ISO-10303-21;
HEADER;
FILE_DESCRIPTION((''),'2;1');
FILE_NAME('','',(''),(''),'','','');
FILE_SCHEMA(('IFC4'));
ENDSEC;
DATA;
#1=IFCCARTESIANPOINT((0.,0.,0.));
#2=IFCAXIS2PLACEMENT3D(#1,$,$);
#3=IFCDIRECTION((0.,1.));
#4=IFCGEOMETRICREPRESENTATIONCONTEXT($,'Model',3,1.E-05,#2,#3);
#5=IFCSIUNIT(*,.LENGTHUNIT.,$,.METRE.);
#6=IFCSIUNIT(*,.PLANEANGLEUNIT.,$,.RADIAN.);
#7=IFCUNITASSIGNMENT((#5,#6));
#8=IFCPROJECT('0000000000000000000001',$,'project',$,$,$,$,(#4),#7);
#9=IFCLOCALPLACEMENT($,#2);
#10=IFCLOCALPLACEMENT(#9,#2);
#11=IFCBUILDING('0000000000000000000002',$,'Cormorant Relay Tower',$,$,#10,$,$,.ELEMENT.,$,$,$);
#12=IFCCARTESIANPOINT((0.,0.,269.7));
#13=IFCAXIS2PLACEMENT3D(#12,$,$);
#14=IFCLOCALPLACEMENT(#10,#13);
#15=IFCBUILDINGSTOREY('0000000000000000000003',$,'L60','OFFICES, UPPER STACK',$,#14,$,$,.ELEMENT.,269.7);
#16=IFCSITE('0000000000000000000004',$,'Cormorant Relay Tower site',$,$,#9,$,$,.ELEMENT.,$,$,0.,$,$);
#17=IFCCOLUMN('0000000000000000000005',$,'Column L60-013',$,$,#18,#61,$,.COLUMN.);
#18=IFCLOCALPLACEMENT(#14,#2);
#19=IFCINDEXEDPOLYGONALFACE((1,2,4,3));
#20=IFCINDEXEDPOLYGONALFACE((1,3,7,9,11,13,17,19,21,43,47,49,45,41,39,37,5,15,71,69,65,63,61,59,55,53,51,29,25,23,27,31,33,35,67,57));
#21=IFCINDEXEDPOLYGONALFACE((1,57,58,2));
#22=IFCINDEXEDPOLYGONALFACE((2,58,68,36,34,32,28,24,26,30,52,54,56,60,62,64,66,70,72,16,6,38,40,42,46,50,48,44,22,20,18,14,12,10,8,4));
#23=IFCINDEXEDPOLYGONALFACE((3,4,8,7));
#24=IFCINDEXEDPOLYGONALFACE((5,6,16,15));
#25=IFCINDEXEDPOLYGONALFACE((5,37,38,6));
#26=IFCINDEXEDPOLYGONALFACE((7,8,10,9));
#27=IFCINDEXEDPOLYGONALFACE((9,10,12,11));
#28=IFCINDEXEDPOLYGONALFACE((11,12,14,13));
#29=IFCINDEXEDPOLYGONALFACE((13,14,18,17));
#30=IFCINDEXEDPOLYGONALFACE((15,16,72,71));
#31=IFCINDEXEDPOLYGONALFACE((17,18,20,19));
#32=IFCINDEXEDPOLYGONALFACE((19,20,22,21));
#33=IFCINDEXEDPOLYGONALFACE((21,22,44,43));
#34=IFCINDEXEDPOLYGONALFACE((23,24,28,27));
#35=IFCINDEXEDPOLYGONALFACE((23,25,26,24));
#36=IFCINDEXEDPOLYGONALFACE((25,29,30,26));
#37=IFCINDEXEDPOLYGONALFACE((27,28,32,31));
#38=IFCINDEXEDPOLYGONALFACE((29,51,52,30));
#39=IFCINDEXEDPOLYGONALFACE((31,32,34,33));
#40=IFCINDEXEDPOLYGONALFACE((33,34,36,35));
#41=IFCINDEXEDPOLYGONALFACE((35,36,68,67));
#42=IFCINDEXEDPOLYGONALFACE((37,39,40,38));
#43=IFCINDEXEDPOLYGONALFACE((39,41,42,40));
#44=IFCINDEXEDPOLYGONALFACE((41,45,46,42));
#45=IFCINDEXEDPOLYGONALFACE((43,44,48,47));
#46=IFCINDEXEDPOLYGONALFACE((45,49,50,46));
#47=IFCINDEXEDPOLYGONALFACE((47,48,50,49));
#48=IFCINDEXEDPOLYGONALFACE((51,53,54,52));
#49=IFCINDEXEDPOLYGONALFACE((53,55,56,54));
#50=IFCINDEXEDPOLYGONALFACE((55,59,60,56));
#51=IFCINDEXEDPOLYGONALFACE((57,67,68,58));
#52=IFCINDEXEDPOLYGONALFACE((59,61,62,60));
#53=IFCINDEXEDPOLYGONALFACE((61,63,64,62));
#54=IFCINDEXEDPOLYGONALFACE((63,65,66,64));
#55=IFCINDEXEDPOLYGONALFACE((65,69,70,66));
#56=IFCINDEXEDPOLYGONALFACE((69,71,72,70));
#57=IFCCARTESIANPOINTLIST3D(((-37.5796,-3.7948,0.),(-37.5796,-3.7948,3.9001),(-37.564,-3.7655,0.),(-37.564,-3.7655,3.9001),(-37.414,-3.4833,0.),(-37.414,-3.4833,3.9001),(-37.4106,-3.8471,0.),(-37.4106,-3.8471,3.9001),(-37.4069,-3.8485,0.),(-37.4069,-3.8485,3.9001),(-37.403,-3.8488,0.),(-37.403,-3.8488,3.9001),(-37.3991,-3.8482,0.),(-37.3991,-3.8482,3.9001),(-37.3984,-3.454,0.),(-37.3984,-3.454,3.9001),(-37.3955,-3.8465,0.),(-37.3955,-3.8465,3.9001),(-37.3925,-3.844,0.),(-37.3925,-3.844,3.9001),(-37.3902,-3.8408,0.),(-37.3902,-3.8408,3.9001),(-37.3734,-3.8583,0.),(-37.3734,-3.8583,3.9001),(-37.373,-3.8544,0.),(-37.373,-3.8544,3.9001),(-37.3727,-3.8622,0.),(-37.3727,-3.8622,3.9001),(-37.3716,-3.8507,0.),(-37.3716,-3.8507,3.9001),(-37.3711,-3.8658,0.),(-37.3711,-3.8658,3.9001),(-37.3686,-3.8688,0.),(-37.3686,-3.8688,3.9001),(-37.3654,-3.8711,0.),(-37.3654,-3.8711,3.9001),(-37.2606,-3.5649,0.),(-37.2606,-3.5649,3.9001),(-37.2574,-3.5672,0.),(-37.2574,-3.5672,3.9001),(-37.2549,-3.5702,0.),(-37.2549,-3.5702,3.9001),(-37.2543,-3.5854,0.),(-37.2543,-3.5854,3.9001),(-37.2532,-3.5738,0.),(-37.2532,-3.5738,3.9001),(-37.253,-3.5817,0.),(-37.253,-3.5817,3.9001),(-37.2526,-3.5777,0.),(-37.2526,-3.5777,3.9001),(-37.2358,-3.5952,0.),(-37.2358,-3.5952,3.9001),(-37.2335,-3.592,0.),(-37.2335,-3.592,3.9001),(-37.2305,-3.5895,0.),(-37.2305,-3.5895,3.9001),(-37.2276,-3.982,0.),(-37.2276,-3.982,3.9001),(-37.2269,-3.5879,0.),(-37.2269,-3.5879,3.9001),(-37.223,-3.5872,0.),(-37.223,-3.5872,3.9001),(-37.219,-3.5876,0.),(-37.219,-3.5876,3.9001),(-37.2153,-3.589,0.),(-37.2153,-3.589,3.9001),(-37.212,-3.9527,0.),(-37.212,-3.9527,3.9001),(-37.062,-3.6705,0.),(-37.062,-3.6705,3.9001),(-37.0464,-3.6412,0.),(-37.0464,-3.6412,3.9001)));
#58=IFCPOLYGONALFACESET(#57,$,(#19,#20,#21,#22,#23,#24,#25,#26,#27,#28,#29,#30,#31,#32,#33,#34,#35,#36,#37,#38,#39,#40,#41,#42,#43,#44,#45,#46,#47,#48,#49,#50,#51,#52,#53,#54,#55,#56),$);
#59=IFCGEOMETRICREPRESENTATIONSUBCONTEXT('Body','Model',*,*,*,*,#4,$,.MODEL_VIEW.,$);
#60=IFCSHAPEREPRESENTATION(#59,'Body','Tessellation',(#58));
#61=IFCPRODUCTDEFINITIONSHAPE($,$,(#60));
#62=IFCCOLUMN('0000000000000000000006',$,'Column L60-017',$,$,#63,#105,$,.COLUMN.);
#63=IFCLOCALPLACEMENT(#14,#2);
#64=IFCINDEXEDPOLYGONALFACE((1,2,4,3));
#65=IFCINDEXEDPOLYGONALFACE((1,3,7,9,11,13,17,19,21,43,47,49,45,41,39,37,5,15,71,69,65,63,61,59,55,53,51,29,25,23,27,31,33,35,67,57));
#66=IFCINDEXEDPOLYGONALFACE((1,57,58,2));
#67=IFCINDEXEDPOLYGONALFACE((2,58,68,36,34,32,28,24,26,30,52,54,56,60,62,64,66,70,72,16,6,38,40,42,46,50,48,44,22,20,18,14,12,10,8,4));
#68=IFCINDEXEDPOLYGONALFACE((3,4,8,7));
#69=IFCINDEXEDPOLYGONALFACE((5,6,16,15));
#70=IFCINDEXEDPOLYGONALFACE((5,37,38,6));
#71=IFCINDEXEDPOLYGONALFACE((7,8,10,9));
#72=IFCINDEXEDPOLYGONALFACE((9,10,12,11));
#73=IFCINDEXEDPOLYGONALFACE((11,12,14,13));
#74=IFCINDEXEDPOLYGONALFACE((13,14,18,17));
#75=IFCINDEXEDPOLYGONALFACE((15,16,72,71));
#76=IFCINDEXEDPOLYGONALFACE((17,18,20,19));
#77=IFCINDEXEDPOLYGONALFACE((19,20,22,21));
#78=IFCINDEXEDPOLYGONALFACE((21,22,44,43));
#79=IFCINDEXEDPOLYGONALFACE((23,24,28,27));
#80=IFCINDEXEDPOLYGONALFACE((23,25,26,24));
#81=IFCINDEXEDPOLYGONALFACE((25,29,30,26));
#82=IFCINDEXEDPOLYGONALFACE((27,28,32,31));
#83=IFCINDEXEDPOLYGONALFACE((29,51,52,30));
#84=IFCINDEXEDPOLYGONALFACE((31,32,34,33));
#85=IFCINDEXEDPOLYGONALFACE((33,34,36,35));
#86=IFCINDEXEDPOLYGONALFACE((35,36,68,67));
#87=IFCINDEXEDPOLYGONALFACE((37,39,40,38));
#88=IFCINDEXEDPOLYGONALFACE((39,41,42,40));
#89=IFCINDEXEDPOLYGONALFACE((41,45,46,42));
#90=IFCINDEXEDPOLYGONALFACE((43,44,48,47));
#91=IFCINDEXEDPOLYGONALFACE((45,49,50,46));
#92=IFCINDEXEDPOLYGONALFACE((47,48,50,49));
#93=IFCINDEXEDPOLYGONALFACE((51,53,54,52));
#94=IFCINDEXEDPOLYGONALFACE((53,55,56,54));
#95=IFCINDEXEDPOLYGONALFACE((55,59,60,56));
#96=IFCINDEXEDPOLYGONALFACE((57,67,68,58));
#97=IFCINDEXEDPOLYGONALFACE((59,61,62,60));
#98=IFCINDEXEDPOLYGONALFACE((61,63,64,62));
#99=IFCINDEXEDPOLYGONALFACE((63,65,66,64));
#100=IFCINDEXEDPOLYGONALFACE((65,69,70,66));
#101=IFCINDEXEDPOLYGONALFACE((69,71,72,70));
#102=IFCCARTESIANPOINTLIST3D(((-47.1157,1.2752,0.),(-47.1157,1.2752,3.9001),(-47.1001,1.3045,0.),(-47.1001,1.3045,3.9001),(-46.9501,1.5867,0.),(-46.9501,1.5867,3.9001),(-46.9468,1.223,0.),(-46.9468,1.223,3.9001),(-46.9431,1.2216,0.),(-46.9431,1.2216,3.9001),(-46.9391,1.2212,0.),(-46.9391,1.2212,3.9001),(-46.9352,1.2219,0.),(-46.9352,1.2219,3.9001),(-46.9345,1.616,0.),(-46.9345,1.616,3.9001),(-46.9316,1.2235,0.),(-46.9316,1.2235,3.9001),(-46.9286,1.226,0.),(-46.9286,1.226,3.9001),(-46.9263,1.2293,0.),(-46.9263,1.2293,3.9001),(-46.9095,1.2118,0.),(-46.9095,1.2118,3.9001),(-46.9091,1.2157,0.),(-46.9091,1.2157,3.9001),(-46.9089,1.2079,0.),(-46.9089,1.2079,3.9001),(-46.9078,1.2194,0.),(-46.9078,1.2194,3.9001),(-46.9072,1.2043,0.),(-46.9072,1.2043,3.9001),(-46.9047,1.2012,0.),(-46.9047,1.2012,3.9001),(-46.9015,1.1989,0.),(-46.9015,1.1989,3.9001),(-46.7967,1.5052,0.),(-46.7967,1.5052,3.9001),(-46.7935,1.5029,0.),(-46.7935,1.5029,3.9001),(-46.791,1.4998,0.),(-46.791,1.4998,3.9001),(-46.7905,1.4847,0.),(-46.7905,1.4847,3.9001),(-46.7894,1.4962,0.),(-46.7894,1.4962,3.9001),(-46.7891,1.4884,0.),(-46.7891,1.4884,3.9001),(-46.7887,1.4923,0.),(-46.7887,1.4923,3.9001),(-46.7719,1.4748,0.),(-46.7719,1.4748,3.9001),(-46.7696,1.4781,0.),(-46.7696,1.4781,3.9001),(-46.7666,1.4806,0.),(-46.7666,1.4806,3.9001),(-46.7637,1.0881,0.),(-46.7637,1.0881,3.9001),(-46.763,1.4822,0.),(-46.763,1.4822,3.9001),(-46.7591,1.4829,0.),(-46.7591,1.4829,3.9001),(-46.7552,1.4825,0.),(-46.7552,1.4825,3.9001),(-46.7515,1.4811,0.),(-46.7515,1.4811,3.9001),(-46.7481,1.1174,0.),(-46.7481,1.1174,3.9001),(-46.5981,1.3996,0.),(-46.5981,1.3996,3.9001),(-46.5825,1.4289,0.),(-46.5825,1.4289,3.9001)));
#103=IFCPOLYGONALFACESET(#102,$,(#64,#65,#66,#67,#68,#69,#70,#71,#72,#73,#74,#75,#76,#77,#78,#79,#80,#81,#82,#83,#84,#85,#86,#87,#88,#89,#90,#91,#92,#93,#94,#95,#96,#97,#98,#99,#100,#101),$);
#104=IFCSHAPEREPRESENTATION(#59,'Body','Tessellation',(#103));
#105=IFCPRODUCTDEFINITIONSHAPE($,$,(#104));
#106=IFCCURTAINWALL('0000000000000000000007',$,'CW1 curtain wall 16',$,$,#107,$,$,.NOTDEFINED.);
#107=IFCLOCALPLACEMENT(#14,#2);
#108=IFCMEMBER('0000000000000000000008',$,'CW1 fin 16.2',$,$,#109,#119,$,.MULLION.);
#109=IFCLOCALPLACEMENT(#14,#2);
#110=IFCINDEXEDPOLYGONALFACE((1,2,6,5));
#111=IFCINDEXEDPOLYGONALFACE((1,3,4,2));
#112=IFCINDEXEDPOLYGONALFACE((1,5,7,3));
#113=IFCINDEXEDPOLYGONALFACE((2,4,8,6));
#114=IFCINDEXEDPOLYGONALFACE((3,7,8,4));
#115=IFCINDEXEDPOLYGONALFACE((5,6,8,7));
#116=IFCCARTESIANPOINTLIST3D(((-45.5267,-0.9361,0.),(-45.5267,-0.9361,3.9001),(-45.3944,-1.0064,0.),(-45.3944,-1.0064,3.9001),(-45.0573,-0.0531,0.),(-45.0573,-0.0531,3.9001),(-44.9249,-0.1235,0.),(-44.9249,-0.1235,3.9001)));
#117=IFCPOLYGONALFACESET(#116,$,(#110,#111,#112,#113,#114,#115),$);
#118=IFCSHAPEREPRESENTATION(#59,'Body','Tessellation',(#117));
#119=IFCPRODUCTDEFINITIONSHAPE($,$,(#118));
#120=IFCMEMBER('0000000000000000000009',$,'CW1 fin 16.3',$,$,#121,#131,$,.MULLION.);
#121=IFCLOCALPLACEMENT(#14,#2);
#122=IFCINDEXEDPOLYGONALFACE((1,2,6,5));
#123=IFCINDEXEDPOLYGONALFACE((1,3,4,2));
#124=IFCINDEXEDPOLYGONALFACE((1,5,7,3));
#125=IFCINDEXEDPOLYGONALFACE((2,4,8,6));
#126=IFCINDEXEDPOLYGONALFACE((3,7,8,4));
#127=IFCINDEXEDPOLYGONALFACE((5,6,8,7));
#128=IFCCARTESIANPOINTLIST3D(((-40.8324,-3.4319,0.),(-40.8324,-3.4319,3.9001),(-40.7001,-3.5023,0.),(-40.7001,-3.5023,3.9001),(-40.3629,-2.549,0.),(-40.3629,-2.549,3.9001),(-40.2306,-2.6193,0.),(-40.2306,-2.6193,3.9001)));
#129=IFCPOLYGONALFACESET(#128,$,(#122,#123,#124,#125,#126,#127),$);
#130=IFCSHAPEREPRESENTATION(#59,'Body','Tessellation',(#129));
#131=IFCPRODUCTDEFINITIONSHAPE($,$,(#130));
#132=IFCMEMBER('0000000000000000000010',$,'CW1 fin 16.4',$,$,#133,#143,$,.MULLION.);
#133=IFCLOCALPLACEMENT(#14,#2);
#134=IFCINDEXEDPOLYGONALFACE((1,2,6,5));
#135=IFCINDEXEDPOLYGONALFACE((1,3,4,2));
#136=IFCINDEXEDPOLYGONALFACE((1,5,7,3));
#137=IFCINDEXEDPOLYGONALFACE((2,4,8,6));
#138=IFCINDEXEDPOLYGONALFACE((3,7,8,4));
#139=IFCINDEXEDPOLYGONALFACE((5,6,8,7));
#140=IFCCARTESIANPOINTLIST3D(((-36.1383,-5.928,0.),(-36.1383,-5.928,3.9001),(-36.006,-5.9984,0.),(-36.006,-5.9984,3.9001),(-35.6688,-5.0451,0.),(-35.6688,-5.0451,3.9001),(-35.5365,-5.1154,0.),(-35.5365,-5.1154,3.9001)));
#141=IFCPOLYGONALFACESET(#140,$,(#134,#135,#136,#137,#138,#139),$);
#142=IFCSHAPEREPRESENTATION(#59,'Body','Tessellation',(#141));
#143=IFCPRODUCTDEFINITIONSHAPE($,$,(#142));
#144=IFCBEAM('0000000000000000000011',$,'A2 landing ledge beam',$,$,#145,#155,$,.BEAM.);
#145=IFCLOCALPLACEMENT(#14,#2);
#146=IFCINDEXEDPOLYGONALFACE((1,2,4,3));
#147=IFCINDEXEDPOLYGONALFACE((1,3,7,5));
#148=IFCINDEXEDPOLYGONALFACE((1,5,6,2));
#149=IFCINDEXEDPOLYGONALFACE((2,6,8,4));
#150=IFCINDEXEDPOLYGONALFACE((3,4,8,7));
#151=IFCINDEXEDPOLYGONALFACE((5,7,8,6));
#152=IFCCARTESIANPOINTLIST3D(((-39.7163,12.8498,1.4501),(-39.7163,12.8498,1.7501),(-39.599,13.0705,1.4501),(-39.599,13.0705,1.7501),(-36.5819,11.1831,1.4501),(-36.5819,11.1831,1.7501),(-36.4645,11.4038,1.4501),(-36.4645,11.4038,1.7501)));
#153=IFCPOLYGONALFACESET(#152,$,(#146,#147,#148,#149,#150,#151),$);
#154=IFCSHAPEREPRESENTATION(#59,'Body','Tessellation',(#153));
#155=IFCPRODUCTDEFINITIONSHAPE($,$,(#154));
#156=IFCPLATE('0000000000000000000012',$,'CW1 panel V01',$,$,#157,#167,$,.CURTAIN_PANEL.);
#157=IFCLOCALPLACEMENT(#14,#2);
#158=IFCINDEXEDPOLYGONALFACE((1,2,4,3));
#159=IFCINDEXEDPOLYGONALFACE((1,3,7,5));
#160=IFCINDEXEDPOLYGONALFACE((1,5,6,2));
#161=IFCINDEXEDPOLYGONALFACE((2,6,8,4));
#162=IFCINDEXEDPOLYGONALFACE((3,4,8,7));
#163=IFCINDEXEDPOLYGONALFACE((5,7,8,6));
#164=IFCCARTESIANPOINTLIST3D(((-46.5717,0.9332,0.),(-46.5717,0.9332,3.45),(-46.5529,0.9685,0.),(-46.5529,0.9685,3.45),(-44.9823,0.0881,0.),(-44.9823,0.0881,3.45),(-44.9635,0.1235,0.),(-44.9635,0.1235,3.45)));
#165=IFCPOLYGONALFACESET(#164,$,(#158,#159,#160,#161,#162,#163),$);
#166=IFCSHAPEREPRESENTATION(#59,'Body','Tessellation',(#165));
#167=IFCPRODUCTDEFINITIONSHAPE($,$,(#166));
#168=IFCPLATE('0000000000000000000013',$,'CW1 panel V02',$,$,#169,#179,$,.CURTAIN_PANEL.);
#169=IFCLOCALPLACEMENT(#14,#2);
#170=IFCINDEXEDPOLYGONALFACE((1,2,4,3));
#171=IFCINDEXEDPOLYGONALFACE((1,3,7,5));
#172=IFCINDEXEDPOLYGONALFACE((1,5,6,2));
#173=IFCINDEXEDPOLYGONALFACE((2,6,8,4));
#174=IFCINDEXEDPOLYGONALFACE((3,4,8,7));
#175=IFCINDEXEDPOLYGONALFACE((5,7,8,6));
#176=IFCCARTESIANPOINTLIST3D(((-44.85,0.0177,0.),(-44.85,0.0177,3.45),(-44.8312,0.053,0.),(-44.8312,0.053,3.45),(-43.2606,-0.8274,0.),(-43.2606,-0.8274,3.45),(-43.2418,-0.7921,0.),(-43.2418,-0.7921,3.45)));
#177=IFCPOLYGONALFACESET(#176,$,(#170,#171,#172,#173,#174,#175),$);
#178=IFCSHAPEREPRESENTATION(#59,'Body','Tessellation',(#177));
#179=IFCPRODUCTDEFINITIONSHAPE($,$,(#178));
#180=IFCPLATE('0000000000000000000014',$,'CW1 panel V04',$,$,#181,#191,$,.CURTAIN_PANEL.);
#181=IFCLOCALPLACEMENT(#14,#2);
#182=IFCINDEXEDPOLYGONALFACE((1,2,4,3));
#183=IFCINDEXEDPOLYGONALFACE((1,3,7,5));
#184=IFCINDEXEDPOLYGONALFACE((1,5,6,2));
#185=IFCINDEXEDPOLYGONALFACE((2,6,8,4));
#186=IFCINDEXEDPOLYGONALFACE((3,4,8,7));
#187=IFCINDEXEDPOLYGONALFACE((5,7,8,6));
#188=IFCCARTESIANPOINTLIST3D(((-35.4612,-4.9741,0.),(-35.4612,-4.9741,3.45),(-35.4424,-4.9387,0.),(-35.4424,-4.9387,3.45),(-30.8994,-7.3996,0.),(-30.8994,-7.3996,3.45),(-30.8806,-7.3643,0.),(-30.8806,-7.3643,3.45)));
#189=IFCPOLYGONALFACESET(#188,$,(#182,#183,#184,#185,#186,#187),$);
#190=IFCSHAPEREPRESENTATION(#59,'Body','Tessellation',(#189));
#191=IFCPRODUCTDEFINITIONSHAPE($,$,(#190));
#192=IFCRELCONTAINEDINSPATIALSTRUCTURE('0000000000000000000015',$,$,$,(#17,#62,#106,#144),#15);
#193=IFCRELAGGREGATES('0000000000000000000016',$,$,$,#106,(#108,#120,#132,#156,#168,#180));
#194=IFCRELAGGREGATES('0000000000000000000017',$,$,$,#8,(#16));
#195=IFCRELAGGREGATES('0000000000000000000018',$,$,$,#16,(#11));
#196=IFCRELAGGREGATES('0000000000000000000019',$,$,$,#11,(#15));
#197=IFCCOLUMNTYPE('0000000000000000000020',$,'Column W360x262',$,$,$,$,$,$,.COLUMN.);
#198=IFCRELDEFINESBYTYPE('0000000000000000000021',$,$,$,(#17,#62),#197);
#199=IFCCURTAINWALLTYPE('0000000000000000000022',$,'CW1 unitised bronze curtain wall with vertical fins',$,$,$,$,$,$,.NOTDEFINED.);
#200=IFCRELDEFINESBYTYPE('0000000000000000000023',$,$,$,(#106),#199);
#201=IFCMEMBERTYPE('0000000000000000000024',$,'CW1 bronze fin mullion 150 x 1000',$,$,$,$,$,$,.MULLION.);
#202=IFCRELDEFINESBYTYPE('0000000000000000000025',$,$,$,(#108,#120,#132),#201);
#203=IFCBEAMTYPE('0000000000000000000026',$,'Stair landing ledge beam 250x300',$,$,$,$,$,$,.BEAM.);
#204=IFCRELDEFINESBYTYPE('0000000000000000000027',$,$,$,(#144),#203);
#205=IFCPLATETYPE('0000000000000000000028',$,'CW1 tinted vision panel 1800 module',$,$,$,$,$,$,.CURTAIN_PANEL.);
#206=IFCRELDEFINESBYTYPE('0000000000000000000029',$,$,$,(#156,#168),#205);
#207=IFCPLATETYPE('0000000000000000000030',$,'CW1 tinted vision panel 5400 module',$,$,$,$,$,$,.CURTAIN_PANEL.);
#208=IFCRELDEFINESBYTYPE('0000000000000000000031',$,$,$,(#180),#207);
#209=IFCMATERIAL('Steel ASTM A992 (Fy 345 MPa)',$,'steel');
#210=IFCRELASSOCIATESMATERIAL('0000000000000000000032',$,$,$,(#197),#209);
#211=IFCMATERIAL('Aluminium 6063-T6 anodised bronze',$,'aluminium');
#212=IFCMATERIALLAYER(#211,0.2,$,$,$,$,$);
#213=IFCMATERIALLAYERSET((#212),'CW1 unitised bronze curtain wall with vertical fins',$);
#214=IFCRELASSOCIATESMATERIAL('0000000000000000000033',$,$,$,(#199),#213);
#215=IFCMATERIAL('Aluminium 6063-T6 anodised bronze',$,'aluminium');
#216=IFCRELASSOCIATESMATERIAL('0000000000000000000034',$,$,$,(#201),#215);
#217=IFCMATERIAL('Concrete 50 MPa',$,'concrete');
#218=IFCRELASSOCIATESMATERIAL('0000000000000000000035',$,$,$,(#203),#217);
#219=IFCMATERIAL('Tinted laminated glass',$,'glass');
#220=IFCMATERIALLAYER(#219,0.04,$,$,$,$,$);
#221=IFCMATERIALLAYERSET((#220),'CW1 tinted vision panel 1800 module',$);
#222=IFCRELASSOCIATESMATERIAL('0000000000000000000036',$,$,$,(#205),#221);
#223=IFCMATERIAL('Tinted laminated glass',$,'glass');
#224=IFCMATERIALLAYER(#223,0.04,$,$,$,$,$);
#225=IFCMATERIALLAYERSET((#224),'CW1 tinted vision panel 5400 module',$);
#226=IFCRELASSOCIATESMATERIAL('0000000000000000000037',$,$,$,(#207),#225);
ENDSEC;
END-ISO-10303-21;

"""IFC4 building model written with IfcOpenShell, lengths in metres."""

from ifc_helpers import new_model, si_unit, direction, frame, origin, origin_2d, place, context, subcontext, project, spatial, rectangle, i_section, extrude, material, layer, layer_set, material_profile, profile_set, type_object, element, aggregate, save


model = new_model("IFC4")

# Units and contexts
model_context = context("Model", 3, precision=1e-05, world=origin(), true_north=direction((0.0, 1.0)))
body_context = subcontext(model_context, "Body", "Model", "MODEL_VIEW")
ifc_project = project(units=[si_unit("LENGTHUNIT", "METRE"), si_unit("PLANEANGLEUNIT", "RADIAN")], contexts=[model_context])

# Site, building, storey
site_placement = place(None, origin())
site = spatial("IfcSite", under=ifc_project, at=site_placement, Name="Cormorant Relay Tower site", CompositionType="ELEMENT", RefElevation=0.0)
building_placement = place(site_placement, origin())
building = spatial("IfcBuilding", under=site, at=building_placement, Name="Cormorant Relay Tower", CompositionType="ELEMENT")
storey_placement = place(building_placement, frame((0.0, 0.0, 269.7)))
storey = spatial("IfcBuildingStorey", under=building, at=storey_placement, Name="L60", Description="OFFICES, UPPER STACK", CompositionType="ELEMENT", Elevation=269.7)

# Columns
ifc_material_1 = material(Name="Steel ASTM A992 (Fy 345 MPa)", Category="steel")
ifc_material_profile_1 = material_profile(ifc_material_1, i_section(OverallWidth=0.3987, OverallDepth=0.386, WebThickness=0.021, FlangeThickness=0.0332, FilletRadius=0.0151, at=origin_2d()), Name="W360x262")
ifc_profile_set_1 = profile_set([ifc_material_profile_1], Name="Steel ASTM A992 (Fy 345 MPa)")
column_type = type_object("IfcColumnType", Name="Column W360x262", PredefinedType="COLUMN", material=ifc_profile_set_1)
for number, where, z_axis, x_axis, name in (
    (1, (-37.313, -3.718, 0.0), (0.0, 0.0, 1.0), (0.882948, -0.469472, 0.0), "Column L60-013"),
    (2, (-46.8491, 1.3521, 0.0), (0.0, 0.0, 1.0), (0.882948, -0.469472, 0.0), "Column L60-017"),
):
    element("IfcColumn", number, at=place(storey_placement, frame(where, z_axis=z_axis, x_axis=x_axis)), inside=storey, type_object=column_type, Name=name, PredefinedType="COLUMN", context=body_context, shape_type="SweptSolid", body=[
        extrude(i_section(OverallWidth=0.3987, OverallDepth=0.386, WebThickness=0.021, FlangeThickness=0.0332, FilletRadius=0.0151, at=origin_2d()), origin(), (0.0, 0.0, 1.0), 3.9001),
    ])

# Curtain wall, members
ifc_material_2 = material(Name="Aluminium 6063-T6 anodised bronze", Category="aluminium")
ifc_layer_1 = layer(ifc_material_2, 0.2)
ifc_layer_set_1 = layer_set([ifc_layer_1], Name="CW1 unitised bronze curtain wall with vertical fins")
curtain_wall_type = type_object("IfcCurtainWallType", Name="CW1 unitised bronze curtain wall with vertical fins", PredefinedType="NOTDEFINED", material=ifc_layer_set_1)
curtain_wall_placement = place(storey_placement, origin())
curtain_wall = element("IfcCurtainWall", 3, at=curtain_wall_placement, inside=storey, type_object=curtain_wall_type, Name="CW1 curtain wall 16", PredefinedType="NOTDEFINED")
ifc_material_3 = material(Name="Aluminium 6063-T6 anodised bronze", Category="aluminium")
ifc_material_profile_2 = material_profile(ifc_material_3, rectangle(XDim=0.1499, YDim=1.0, at=origin_2d()), Name="AL 150x1000")
ifc_profile_set_2 = profile_set([ifc_material_profile_2], Name="Aluminium 6063-T6 anodised bronze")
member_type = type_object("IfcMemberType", Name="CW1 bronze fin mullion 150 x 1000", PredefinedType="MULLION", material=ifc_profile_set_2)
member_1_placement = place(storey_placement, frame((-45.2258, -0.5298, 0.0), z_axis=(0.0, 0.0, 1.0), x_axis=(0.882948, -0.469472, 0.0)))
member_1 = element("IfcMember", 4, at=member_1_placement, type_object=member_type, Name="CW1 fin 16.2", PredefinedType="MULLION", context=body_context, shape_type="SweptSolid", body=[
    extrude(rectangle(XDim=0.1499, YDim=1.0, at=origin_2d()), origin(), (0.0, 0.0, 1.0), 3.9001),
])
member_2_placement = place(storey_placement, frame((-40.5315, -3.0256, 0.0), z_axis=(0.0, 0.0, 1.0), x_axis=(0.882948, -0.469472, 0.0)))
member_2 = element("IfcMember", 5, at=member_2_placement, type_object=member_type, Name="CW1 fin 16.3", PredefinedType="MULLION", context=body_context, shape_type="SweptSolid", body=[
    extrude(rectangle(XDim=0.1499, YDim=1.0, at=origin_2d()), origin(), (0.0, 0.0, 1.0), 3.9001),
])
member_3_placement = place(storey_placement, frame((-35.8374, -5.5217, 0.0), z_axis=(0.0, 0.0, 1.0), x_axis=(0.882948, -0.469472, 0.0)))
member_3 = element("IfcMember", 6, at=member_3_placement, type_object=member_type, Name="CW1 fin 16.4", PredefinedType="MULLION", context=body_context, shape_type="SweptSolid", body=[
    extrude(rectangle(XDim=0.1499, YDim=1.0, at=origin_2d()), origin(), (0.0, 0.0, 1.0), 3.9001),
])

# Beam
ifc_material_4 = material(Name="Concrete 50 MPa", Category="concrete")
ifc_material_profile_3 = material_profile(ifc_material_4, rectangle(XDim=0.25, YDim=0.3, at=origin_2d()), Name="RC 250x300")
ifc_profile_set_3 = profile_set([ifc_material_profile_3], Name="Concrete 50 MPa")
beam_type = type_object("IfcBeamType", Name="Stair landing ledge beam 250x300", PredefinedType="BEAM", material=ifc_profile_set_3)
beam_placement = place(storey_placement, frame((-36.5232, 11.2935, 1.6001), z_axis=(-0.882937, 0.469492, 0.0), x_axis=(-0.469492, -0.882937, 0.0)))
element("IfcBeam", 7, at=beam_placement, inside=storey, type_object=beam_type, Name="A2 landing ledge beam", PredefinedType="BEAM", context=body_context, shape_type="SweptSolid", body=[
    extrude(rectangle(XDim=0.25, YDim=0.3, at=origin_2d()), origin(), (0.0, 0.0, 1.0), 3.55),
])

# Plates
ifc_material_5 = material(Name="Tinted laminated glass", Category="glass")
ifc_layer_2 = layer(ifc_material_5, 0.04)
ifc_layer_set_2 = layer_set([ifc_layer_2], Name="CW1 tinted vision panel 1800 module")
plate_type_1 = type_object("IfcPlateType", Name="CW1 tinted vision panel 1800 module", PredefinedType="CURTAIN_PANEL", material=ifc_layer_set_2)
plate_1_placement = place(storey_placement, frame((-45.7676, 0.5283, 0.0), z_axis=(0.0, 0.0, 1.0), x_axis=(0.882948, -0.469472, 0.0)))
plate_1 = element("IfcPlate", 8, at=plate_1_placement, type_object=plate_type_1, Name="CW1 panel V01", PredefinedType="CURTAIN_PANEL", context=body_context, shape_type="SweptSolid", body=[
    extrude(rectangle(XDim=1.8, YDim=0.04, at=origin_2d()), origin(), (0.0, 0.0, 1.0), 3.45),
])
plate_2_placement = place(storey_placement, frame((-44.0459, -0.3872, 0.0), z_axis=(0.0, 0.0, 1.0), x_axis=(0.882948, -0.469472, 0.0)))
plate_2 = element("IfcPlate", 9, at=plate_2_placement, type_object=plate_type_1, Name="CW1 panel V02", PredefinedType="CURTAIN_PANEL", context=body_context, shape_type="SweptSolid", body=[
    extrude(rectangle(XDim=1.8, YDim=0.04, at=origin_2d()), origin(), (0.0, 0.0, 1.0), 3.45),
])
ifc_material_6 = material(Name="Tinted laminated glass", Category="glass")
ifc_layer_3 = layer(ifc_material_6, 0.04)
ifc_layer_set_3 = layer_set([ifc_layer_3], Name="CW1 tinted vision panel 5400 module")
plate_type_2 = type_object("IfcPlateType", Name="CW1 tinted vision panel 5400 module", PredefinedType="CURTAIN_PANEL", material=ifc_layer_set_3)
plate_3_placement = place(storey_placement, frame((-33.1709, -6.1692, 0.0), z_axis=(0.0, 0.0, 1.0), x_axis=(0.882948, -0.469472, 0.0)))
plate_3 = element("IfcPlate", 10, at=plate_3_placement, type_object=plate_type_2, Name="CW1 panel V04", PredefinedType="CURTAIN_PANEL", context=body_context, shape_type="SweptSolid", body=[
    extrude(rectangle(XDim=5.1665, YDim=0.04, at=origin_2d()), origin(), (0.0, 0.0, 1.0), 3.45),
])

aggregate(curtain_wall, [member_1, member_2, member_3, plate_1, plate_2, plate_3])

save(model, "model.ifc")
